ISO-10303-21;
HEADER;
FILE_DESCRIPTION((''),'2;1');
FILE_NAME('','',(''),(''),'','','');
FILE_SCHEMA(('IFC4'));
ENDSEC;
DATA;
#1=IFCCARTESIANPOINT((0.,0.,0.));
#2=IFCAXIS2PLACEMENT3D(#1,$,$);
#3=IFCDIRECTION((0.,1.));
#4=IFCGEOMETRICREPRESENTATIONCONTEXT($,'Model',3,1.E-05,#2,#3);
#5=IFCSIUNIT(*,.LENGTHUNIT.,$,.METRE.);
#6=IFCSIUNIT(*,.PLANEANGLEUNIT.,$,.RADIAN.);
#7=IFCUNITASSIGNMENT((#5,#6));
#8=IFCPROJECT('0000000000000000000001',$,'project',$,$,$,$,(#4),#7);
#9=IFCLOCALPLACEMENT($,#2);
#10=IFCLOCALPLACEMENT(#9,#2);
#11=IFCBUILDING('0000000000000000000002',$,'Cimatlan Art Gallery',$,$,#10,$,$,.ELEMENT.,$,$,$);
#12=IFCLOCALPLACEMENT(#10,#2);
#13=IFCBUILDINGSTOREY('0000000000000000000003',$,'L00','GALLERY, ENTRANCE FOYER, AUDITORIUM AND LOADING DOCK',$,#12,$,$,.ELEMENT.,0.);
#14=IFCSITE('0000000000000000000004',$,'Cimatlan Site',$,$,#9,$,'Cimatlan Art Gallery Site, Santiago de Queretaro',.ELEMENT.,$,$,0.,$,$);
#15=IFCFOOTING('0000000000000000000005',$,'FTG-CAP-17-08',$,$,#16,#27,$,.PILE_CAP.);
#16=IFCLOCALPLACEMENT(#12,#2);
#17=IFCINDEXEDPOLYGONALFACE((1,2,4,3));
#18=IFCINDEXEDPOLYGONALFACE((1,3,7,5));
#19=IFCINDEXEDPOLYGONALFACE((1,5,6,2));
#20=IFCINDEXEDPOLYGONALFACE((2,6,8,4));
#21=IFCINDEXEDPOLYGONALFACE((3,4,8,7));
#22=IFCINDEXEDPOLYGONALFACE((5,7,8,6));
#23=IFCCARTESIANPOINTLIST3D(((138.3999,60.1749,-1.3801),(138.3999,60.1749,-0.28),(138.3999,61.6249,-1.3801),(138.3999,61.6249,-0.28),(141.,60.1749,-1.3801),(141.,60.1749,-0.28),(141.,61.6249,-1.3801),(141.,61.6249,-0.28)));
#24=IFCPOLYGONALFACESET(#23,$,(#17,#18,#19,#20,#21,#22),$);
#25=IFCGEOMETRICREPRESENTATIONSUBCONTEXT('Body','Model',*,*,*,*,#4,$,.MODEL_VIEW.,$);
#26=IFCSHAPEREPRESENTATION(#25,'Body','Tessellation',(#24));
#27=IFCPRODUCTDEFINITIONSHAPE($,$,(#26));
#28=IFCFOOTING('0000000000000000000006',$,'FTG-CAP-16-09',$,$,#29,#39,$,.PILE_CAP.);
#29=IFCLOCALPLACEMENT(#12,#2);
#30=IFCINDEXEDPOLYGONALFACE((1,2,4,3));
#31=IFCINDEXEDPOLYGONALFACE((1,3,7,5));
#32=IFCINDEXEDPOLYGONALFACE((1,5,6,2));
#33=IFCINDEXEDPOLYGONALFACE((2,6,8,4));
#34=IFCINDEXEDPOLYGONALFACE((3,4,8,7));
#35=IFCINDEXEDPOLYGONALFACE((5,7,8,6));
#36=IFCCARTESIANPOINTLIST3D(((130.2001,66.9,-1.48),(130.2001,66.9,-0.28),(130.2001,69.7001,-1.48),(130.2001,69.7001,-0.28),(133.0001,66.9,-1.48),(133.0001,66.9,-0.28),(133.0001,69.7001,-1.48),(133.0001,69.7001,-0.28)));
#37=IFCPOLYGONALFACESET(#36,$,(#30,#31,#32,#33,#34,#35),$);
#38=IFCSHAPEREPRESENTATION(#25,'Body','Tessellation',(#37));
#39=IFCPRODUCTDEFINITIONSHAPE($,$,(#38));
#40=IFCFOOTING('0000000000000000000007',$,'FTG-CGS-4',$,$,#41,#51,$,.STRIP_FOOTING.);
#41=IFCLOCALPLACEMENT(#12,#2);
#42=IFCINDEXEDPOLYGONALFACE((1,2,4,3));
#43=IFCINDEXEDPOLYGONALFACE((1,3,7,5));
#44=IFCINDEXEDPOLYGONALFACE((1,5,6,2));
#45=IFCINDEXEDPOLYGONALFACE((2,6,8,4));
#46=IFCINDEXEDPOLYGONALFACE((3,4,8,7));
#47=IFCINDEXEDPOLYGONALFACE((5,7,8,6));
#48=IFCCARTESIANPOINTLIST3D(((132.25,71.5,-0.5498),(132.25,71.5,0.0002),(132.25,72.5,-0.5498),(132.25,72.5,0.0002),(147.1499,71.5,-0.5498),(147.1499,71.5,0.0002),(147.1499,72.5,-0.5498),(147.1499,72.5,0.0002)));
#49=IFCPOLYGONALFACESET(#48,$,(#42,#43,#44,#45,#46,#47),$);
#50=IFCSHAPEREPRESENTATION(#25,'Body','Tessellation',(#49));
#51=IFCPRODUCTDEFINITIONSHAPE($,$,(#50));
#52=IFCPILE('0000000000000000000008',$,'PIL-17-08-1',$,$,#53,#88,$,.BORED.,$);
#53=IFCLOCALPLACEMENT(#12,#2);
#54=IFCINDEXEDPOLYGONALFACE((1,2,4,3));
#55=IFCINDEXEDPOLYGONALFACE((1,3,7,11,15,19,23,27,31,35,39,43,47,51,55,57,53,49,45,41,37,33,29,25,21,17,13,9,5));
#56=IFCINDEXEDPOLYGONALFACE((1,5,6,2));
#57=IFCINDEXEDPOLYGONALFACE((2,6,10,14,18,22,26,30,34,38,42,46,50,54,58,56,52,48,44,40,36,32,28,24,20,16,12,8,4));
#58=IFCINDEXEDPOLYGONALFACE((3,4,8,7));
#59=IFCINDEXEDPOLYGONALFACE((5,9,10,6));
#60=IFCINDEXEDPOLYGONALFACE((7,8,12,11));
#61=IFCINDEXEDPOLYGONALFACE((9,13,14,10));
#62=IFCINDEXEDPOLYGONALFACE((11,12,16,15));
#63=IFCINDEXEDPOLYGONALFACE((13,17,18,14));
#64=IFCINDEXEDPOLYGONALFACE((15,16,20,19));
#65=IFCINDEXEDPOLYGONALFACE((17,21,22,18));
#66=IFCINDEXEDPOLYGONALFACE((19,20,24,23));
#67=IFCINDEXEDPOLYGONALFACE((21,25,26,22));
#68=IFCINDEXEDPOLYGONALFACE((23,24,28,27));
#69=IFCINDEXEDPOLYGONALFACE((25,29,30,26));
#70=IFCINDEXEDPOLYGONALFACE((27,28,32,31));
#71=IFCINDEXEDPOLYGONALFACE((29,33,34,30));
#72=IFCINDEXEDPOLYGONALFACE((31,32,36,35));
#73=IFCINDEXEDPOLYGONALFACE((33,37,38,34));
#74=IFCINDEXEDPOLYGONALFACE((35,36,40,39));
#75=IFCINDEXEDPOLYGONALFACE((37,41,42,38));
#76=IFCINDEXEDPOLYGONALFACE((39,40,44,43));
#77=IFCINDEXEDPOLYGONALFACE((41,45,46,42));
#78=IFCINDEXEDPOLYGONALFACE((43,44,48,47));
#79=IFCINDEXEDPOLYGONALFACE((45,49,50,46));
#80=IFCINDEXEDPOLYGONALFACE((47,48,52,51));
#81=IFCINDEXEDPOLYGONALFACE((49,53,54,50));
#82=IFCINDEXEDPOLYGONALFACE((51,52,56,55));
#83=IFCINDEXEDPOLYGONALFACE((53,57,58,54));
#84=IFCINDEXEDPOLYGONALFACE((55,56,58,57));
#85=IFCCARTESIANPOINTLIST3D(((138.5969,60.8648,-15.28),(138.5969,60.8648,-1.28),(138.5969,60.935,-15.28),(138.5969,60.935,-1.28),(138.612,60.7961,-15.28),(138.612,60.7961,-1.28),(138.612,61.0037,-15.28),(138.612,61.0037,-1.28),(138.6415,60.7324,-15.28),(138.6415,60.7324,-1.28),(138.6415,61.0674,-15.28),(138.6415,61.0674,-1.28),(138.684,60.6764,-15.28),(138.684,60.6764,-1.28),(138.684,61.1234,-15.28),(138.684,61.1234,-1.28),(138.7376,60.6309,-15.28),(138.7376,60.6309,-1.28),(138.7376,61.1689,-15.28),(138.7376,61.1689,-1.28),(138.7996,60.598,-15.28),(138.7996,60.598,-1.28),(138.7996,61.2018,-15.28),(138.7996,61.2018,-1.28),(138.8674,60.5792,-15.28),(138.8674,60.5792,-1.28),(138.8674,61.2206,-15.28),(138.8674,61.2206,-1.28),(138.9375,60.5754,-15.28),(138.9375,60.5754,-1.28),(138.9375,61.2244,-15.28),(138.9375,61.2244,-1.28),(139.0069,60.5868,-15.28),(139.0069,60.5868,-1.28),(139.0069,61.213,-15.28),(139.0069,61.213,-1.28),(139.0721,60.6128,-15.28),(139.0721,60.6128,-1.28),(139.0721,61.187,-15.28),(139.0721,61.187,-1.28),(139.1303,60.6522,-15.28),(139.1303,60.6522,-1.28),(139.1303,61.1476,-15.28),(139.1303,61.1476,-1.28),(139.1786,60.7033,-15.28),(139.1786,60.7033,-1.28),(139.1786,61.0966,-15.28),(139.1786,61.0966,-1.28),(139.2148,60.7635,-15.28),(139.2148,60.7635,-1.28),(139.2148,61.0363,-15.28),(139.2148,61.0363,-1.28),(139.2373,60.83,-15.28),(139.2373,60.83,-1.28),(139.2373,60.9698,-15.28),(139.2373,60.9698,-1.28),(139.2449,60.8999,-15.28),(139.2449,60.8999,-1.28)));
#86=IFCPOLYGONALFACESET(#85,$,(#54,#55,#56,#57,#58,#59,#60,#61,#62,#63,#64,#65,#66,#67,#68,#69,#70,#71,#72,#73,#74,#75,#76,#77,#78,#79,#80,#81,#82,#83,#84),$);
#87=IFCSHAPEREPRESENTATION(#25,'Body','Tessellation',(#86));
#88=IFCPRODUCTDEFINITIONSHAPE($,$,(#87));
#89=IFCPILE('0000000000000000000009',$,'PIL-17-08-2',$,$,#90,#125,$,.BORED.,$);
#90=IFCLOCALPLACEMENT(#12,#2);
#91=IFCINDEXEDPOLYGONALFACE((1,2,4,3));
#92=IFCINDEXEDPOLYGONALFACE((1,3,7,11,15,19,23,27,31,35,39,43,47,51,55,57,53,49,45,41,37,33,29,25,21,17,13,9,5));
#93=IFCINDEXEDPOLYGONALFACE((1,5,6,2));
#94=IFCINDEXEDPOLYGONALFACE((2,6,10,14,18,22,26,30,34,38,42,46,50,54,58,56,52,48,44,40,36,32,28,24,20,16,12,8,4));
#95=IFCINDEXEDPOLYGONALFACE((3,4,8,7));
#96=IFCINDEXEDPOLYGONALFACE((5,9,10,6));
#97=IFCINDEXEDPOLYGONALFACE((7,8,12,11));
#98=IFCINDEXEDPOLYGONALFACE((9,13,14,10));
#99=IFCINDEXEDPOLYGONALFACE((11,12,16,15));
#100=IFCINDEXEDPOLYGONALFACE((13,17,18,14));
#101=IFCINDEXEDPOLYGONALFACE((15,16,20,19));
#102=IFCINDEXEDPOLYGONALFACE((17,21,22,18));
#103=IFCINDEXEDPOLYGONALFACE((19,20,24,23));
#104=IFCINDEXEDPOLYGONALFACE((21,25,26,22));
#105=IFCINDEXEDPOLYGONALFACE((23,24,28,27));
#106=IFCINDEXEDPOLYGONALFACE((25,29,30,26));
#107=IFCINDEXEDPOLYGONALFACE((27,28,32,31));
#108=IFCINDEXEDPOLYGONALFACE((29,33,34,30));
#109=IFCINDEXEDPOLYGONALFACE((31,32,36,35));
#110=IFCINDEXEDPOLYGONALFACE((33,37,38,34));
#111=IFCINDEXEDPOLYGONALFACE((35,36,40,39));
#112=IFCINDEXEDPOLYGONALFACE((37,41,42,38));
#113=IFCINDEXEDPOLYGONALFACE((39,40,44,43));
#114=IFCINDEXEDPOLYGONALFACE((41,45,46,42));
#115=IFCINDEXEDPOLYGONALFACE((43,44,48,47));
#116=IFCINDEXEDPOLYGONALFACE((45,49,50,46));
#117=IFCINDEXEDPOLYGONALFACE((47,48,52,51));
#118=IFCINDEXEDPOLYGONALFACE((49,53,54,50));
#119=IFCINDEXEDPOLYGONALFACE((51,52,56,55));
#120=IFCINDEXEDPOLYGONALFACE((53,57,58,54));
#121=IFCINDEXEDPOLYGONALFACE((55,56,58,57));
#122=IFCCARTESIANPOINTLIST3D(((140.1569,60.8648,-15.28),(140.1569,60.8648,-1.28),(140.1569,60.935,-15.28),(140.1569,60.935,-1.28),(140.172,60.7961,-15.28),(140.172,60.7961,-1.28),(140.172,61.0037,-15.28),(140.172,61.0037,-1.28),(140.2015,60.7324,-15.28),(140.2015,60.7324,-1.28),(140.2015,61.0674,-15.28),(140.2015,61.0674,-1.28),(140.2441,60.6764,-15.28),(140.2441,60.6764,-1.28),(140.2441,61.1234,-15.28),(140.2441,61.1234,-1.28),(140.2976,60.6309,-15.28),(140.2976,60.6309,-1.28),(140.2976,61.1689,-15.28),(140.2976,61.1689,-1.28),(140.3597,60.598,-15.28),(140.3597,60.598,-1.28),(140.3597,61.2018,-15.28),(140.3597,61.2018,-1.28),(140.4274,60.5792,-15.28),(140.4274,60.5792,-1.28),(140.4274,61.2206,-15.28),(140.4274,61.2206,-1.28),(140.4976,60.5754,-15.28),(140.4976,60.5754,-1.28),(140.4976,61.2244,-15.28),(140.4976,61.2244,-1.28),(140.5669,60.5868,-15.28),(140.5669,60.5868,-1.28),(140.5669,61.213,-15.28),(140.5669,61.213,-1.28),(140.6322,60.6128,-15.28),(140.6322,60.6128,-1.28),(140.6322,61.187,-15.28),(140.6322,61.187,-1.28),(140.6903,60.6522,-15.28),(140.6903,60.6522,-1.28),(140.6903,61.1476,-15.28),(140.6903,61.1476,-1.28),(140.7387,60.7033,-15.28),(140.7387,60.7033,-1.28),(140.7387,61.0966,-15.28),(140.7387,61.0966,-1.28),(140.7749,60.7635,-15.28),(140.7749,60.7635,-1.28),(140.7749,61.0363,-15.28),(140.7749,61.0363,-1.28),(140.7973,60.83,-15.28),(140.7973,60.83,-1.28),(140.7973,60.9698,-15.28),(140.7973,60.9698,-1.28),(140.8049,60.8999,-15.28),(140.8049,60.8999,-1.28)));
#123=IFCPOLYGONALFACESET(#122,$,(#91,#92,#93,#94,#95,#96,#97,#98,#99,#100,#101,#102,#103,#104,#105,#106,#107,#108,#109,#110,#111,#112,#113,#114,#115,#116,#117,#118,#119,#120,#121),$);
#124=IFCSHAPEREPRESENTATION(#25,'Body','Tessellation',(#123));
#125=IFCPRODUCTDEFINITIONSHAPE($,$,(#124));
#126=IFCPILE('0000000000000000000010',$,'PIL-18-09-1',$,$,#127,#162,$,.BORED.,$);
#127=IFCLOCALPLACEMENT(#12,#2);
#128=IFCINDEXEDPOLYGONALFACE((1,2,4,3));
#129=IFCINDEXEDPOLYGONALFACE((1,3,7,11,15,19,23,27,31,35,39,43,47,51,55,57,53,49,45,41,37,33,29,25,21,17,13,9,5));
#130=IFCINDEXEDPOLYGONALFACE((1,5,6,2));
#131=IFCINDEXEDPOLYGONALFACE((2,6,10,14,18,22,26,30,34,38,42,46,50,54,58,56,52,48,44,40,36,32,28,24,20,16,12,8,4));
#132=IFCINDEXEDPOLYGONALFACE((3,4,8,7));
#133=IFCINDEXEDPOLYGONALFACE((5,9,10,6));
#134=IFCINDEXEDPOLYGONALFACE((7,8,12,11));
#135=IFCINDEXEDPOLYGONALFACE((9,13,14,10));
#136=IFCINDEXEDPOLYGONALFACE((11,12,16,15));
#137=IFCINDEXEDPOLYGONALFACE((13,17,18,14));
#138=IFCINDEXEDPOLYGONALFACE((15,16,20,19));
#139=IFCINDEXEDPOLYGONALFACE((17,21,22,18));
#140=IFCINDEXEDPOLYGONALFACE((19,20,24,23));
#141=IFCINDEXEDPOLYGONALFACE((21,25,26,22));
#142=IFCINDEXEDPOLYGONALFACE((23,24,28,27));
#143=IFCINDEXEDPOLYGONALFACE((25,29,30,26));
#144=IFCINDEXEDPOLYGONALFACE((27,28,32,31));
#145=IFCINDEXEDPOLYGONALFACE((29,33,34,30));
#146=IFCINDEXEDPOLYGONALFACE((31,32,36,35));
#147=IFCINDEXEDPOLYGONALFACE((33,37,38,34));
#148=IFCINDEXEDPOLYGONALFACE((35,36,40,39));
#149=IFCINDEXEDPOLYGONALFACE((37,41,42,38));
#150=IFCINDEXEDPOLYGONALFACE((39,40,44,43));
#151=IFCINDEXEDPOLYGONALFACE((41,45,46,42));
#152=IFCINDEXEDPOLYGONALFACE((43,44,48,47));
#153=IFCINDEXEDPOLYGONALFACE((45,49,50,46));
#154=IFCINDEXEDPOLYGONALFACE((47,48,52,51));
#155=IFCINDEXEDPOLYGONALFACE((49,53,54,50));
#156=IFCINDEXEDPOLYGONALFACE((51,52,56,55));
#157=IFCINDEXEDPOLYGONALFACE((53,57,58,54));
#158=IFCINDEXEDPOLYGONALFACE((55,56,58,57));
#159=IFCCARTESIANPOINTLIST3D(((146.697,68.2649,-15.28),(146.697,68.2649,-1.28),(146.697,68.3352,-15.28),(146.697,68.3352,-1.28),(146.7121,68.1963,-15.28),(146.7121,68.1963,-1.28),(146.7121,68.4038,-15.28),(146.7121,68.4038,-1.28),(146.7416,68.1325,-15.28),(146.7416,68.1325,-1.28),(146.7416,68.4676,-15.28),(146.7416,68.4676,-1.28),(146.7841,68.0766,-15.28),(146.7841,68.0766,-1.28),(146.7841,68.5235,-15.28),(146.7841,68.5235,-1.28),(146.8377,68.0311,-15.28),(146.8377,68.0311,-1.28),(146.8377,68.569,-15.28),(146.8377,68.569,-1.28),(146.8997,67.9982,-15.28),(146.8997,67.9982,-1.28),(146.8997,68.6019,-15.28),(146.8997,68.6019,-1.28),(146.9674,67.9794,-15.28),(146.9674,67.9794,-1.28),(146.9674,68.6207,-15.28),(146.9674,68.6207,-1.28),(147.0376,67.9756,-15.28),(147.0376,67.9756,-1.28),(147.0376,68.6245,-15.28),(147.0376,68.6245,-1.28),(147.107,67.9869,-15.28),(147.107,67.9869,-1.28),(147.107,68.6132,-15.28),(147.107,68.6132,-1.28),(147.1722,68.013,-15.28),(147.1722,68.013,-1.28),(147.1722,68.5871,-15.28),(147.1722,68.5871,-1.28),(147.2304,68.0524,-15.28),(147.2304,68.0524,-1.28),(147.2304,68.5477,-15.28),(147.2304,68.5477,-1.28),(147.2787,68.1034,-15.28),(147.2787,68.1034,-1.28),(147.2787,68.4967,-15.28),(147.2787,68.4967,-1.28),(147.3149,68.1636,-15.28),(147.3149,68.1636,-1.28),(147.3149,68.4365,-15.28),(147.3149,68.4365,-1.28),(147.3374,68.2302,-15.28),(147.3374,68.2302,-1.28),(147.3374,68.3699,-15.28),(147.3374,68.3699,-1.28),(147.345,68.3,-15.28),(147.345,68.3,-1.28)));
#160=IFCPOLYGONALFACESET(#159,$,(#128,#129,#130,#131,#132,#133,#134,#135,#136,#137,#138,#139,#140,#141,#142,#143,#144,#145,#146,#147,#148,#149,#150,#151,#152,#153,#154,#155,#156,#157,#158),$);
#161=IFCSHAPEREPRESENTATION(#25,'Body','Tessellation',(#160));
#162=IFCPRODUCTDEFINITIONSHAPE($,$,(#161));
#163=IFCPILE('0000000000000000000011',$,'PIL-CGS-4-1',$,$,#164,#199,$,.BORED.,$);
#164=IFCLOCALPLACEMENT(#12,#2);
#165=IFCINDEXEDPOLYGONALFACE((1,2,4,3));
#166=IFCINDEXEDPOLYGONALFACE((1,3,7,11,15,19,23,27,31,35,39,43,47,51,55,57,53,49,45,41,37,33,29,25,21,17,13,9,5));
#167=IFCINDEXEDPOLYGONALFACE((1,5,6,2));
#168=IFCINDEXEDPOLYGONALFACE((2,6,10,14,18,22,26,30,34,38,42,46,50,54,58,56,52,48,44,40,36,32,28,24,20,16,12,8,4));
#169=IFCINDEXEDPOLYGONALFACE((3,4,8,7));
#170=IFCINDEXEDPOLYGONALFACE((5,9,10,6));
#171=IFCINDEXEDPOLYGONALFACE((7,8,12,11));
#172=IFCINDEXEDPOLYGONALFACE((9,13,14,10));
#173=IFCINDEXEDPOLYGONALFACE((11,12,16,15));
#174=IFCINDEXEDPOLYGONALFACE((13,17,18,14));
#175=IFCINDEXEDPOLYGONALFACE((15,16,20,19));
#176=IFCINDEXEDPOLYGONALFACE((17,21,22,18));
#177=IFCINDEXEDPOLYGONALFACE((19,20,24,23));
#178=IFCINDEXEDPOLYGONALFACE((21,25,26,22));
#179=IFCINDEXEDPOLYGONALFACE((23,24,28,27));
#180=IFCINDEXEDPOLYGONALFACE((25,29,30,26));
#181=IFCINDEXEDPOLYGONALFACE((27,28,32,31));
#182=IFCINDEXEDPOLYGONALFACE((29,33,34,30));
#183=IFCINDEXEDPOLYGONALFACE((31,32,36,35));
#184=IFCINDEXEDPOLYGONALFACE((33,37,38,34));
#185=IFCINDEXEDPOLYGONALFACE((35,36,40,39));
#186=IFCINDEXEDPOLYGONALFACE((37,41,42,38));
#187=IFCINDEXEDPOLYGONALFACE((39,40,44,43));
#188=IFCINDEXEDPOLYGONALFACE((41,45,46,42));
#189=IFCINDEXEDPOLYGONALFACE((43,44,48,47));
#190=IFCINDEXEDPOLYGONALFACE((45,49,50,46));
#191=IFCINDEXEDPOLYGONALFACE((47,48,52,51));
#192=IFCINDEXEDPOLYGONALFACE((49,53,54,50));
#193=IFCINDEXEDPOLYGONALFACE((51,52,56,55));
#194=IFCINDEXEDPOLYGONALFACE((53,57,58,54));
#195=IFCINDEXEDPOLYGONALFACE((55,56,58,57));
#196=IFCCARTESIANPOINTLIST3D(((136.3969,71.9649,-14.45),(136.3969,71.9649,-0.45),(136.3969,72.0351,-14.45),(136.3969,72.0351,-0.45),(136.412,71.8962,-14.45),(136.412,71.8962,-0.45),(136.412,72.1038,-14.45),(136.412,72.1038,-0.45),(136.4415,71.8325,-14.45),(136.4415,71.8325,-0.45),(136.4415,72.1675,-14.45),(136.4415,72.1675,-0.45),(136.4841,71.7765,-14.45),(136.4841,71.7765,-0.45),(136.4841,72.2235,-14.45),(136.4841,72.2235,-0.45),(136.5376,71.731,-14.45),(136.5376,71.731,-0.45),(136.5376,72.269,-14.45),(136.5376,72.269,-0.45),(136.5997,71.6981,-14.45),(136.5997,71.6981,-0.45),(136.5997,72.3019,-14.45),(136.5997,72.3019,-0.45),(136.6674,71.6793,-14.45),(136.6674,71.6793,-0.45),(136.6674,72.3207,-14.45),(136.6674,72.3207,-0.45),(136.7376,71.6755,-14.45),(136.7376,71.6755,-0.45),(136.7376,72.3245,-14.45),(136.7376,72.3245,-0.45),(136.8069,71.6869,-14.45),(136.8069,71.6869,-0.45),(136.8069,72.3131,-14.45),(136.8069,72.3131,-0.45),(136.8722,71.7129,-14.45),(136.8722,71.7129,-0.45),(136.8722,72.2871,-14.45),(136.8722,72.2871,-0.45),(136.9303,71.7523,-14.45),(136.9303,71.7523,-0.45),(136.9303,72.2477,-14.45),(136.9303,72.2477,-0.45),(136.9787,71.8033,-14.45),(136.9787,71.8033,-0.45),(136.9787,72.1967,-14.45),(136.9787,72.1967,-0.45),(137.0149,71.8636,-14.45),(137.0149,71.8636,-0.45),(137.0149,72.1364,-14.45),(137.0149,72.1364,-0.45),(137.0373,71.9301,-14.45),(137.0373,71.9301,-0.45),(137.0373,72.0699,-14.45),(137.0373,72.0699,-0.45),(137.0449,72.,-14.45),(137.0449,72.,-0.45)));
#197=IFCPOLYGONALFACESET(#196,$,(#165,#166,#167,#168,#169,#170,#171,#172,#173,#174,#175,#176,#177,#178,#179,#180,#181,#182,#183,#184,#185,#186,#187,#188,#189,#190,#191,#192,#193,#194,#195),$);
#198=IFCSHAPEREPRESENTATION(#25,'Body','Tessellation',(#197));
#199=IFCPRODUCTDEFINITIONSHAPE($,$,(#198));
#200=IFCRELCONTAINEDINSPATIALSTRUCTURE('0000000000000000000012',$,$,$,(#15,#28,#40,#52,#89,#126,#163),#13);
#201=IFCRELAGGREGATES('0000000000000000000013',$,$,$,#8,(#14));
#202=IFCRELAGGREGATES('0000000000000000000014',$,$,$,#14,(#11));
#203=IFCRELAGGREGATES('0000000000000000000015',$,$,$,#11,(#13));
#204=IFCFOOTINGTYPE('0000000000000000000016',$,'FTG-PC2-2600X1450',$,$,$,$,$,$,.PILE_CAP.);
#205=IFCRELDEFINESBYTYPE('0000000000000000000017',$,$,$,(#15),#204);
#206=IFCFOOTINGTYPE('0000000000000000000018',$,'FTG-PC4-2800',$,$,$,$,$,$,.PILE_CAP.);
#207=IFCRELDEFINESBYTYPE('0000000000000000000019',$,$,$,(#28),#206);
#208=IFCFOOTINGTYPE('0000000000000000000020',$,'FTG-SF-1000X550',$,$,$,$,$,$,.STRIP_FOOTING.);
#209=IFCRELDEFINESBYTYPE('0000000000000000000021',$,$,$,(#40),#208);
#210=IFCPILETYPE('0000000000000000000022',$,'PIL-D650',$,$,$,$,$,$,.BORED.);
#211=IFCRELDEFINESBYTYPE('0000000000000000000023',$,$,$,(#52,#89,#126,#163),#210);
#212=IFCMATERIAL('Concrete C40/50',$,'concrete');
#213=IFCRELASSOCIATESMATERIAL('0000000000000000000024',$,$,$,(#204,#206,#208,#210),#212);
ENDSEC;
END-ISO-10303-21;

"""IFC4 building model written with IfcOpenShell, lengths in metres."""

from ifc_helpers import new_model, si_unit, direction, frame, origin, origin_2d, place, context, subcontext, project, spatial, rectangle, circle, extrude, material, type_object, element, save


model = new_model("IFC4")

# Units and contexts
model_context = context("Model", 3, precision=1e-05, world=origin(), true_north=direction((0.0, 1.0)))
body_context = subcontext(model_context, "Body", "Model", "MODEL_VIEW")
ifc_project = project(units=[si_unit("LENGTHUNIT", "METRE"), si_unit("PLANEANGLEUNIT", "RADIAN")], contexts=[model_context])

# Site, building, storey
site_placement = place(None, origin())
site = spatial("IfcSite", under=ifc_project, at=site_placement, Name="Cimatlan Site", LongName="Cimatlan Art Gallery Site, Santiago de Queretaro", CompositionType="ELEMENT", RefElevation=0.0)
building_placement = place(site_placement, origin())
building = spatial("IfcBuilding", under=site, at=building_placement, Name="Cimatlan Art Gallery", CompositionType="ELEMENT")
storey_placement = place(building_placement, origin())
storey = spatial("IfcBuildingStorey", under=building, at=storey_placement, Name="L00", Description="GALLERY, ENTRANCE FOYER, AUDITORIUM AND LOADING DOCK", CompositionType="ELEMENT", Elevation=0.0)

# Footings
ifc_material_1 = material(Name="Concrete C40/50", Category="concrete")
footing_type_1 = type_object("IfcFootingType", Name="FTG-PC2-2600X1450", PredefinedType="PILE_CAP", material=ifc_material_1)
footing_1_placement = place(storey_placement, frame((139.7, 60.8999, -1.3801), z_axis=(0.0, 0.0, 1.0), x_axis=(1.0, 0.0, 0.0)))
element("IfcFooting", 1, at=footing_1_placement, inside=storey, type_object=footing_type_1, Name="FTG-CAP-17-08", PredefinedType="PILE_CAP", context=body_context, shape_type="SweptSolid", body=[
    extrude(rectangle(XDim=2.6001, YDim=1.45, at=origin_2d()), origin(), (0.0, 0.0, 1.0), 1.1001),
])
footing_type_2 = type_object("IfcFootingType", Name="FTG-PC4-2800", PredefinedType="PILE_CAP", material=ifc_material_1)
footing_2_placement = place(storey_placement, frame((131.6001, 68.3, -1.48), z_axis=(0.0, 0.0, 1.0), x_axis=(1.0, 0.0, 0.0)))
element("IfcFooting", 2, at=footing_2_placement, inside=storey, type_object=footing_type_2, Name="FTG-CAP-16-09", PredefinedType="PILE_CAP", context=body_context, shape_type="SweptSolid", body=[
    extrude(rectangle(XDim=2.8, YDim=2.8, at=origin_2d()), origin(), (0.0, 0.0, 1.0), 1.2),
])
footing_type_3 = type_object("IfcFootingType", Name="FTG-SF-1000X550", PredefinedType="STRIP_FOOTING", material=ifc_material_1)
footing_3_placement = place(storey_placement, frame((139.7, 72.0, -0.5498), z_axis=(0.0, 0.0, 1.0), x_axis=(1.0, 0.0, 0.0)))
element("IfcFooting", 3, at=footing_3_placement, inside=storey, type_object=footing_type_3, Name="FTG-CGS-4", PredefinedType="STRIP_FOOTING", context=body_context, shape_type="SweptSolid", body=[
    extrude(rectangle(XDim=14.8999, YDim=1.0, at=origin_2d()), origin(), (0.0, 0.0, 1.0), 0.55),
])

# Piles
pile_type_1 = type_object("IfcPileType", Name="PIL-D650", PredefinedType="BORED", material=ifc_material_1)
for number, where, z_axis, x_axis, name in (
    (4, (138.9199, 60.8999, -1.28), (0.0, 0.0, -1.0), (1.0, 0.0, 0.0), "PIL-17-08-1"),
    (5, (140.48, 60.8999, -1.28), (0.0, 0.0, -1.0), (1.0, 0.0, 0.0), "PIL-17-08-2"),
    (6, (147.02, 68.3, -1.28), (0.0, 0.0, -1.0), (1.0, 0.0, 0.0), "PIL-18-09-1"),
    (7, (136.72, 72.0, -0.45), (0.0, 0.0, -1.0), (1.0, 0.0, 0.0), "PIL-CGS-4-1"),
):
    element("IfcPile", number, at=place(storey_placement, frame(where, z_axis=z_axis, x_axis=x_axis)), inside=storey, type_object=pile_type_1, Name=name, PredefinedType="BORED", context=body_context, shape_type="SweptSolid", body=[
        extrude(circle(Radius=0.325, at=origin_2d()), origin(), (0.0, 0.0, 1.0), 14.0),
    ])

save(model, "model.ifc")
